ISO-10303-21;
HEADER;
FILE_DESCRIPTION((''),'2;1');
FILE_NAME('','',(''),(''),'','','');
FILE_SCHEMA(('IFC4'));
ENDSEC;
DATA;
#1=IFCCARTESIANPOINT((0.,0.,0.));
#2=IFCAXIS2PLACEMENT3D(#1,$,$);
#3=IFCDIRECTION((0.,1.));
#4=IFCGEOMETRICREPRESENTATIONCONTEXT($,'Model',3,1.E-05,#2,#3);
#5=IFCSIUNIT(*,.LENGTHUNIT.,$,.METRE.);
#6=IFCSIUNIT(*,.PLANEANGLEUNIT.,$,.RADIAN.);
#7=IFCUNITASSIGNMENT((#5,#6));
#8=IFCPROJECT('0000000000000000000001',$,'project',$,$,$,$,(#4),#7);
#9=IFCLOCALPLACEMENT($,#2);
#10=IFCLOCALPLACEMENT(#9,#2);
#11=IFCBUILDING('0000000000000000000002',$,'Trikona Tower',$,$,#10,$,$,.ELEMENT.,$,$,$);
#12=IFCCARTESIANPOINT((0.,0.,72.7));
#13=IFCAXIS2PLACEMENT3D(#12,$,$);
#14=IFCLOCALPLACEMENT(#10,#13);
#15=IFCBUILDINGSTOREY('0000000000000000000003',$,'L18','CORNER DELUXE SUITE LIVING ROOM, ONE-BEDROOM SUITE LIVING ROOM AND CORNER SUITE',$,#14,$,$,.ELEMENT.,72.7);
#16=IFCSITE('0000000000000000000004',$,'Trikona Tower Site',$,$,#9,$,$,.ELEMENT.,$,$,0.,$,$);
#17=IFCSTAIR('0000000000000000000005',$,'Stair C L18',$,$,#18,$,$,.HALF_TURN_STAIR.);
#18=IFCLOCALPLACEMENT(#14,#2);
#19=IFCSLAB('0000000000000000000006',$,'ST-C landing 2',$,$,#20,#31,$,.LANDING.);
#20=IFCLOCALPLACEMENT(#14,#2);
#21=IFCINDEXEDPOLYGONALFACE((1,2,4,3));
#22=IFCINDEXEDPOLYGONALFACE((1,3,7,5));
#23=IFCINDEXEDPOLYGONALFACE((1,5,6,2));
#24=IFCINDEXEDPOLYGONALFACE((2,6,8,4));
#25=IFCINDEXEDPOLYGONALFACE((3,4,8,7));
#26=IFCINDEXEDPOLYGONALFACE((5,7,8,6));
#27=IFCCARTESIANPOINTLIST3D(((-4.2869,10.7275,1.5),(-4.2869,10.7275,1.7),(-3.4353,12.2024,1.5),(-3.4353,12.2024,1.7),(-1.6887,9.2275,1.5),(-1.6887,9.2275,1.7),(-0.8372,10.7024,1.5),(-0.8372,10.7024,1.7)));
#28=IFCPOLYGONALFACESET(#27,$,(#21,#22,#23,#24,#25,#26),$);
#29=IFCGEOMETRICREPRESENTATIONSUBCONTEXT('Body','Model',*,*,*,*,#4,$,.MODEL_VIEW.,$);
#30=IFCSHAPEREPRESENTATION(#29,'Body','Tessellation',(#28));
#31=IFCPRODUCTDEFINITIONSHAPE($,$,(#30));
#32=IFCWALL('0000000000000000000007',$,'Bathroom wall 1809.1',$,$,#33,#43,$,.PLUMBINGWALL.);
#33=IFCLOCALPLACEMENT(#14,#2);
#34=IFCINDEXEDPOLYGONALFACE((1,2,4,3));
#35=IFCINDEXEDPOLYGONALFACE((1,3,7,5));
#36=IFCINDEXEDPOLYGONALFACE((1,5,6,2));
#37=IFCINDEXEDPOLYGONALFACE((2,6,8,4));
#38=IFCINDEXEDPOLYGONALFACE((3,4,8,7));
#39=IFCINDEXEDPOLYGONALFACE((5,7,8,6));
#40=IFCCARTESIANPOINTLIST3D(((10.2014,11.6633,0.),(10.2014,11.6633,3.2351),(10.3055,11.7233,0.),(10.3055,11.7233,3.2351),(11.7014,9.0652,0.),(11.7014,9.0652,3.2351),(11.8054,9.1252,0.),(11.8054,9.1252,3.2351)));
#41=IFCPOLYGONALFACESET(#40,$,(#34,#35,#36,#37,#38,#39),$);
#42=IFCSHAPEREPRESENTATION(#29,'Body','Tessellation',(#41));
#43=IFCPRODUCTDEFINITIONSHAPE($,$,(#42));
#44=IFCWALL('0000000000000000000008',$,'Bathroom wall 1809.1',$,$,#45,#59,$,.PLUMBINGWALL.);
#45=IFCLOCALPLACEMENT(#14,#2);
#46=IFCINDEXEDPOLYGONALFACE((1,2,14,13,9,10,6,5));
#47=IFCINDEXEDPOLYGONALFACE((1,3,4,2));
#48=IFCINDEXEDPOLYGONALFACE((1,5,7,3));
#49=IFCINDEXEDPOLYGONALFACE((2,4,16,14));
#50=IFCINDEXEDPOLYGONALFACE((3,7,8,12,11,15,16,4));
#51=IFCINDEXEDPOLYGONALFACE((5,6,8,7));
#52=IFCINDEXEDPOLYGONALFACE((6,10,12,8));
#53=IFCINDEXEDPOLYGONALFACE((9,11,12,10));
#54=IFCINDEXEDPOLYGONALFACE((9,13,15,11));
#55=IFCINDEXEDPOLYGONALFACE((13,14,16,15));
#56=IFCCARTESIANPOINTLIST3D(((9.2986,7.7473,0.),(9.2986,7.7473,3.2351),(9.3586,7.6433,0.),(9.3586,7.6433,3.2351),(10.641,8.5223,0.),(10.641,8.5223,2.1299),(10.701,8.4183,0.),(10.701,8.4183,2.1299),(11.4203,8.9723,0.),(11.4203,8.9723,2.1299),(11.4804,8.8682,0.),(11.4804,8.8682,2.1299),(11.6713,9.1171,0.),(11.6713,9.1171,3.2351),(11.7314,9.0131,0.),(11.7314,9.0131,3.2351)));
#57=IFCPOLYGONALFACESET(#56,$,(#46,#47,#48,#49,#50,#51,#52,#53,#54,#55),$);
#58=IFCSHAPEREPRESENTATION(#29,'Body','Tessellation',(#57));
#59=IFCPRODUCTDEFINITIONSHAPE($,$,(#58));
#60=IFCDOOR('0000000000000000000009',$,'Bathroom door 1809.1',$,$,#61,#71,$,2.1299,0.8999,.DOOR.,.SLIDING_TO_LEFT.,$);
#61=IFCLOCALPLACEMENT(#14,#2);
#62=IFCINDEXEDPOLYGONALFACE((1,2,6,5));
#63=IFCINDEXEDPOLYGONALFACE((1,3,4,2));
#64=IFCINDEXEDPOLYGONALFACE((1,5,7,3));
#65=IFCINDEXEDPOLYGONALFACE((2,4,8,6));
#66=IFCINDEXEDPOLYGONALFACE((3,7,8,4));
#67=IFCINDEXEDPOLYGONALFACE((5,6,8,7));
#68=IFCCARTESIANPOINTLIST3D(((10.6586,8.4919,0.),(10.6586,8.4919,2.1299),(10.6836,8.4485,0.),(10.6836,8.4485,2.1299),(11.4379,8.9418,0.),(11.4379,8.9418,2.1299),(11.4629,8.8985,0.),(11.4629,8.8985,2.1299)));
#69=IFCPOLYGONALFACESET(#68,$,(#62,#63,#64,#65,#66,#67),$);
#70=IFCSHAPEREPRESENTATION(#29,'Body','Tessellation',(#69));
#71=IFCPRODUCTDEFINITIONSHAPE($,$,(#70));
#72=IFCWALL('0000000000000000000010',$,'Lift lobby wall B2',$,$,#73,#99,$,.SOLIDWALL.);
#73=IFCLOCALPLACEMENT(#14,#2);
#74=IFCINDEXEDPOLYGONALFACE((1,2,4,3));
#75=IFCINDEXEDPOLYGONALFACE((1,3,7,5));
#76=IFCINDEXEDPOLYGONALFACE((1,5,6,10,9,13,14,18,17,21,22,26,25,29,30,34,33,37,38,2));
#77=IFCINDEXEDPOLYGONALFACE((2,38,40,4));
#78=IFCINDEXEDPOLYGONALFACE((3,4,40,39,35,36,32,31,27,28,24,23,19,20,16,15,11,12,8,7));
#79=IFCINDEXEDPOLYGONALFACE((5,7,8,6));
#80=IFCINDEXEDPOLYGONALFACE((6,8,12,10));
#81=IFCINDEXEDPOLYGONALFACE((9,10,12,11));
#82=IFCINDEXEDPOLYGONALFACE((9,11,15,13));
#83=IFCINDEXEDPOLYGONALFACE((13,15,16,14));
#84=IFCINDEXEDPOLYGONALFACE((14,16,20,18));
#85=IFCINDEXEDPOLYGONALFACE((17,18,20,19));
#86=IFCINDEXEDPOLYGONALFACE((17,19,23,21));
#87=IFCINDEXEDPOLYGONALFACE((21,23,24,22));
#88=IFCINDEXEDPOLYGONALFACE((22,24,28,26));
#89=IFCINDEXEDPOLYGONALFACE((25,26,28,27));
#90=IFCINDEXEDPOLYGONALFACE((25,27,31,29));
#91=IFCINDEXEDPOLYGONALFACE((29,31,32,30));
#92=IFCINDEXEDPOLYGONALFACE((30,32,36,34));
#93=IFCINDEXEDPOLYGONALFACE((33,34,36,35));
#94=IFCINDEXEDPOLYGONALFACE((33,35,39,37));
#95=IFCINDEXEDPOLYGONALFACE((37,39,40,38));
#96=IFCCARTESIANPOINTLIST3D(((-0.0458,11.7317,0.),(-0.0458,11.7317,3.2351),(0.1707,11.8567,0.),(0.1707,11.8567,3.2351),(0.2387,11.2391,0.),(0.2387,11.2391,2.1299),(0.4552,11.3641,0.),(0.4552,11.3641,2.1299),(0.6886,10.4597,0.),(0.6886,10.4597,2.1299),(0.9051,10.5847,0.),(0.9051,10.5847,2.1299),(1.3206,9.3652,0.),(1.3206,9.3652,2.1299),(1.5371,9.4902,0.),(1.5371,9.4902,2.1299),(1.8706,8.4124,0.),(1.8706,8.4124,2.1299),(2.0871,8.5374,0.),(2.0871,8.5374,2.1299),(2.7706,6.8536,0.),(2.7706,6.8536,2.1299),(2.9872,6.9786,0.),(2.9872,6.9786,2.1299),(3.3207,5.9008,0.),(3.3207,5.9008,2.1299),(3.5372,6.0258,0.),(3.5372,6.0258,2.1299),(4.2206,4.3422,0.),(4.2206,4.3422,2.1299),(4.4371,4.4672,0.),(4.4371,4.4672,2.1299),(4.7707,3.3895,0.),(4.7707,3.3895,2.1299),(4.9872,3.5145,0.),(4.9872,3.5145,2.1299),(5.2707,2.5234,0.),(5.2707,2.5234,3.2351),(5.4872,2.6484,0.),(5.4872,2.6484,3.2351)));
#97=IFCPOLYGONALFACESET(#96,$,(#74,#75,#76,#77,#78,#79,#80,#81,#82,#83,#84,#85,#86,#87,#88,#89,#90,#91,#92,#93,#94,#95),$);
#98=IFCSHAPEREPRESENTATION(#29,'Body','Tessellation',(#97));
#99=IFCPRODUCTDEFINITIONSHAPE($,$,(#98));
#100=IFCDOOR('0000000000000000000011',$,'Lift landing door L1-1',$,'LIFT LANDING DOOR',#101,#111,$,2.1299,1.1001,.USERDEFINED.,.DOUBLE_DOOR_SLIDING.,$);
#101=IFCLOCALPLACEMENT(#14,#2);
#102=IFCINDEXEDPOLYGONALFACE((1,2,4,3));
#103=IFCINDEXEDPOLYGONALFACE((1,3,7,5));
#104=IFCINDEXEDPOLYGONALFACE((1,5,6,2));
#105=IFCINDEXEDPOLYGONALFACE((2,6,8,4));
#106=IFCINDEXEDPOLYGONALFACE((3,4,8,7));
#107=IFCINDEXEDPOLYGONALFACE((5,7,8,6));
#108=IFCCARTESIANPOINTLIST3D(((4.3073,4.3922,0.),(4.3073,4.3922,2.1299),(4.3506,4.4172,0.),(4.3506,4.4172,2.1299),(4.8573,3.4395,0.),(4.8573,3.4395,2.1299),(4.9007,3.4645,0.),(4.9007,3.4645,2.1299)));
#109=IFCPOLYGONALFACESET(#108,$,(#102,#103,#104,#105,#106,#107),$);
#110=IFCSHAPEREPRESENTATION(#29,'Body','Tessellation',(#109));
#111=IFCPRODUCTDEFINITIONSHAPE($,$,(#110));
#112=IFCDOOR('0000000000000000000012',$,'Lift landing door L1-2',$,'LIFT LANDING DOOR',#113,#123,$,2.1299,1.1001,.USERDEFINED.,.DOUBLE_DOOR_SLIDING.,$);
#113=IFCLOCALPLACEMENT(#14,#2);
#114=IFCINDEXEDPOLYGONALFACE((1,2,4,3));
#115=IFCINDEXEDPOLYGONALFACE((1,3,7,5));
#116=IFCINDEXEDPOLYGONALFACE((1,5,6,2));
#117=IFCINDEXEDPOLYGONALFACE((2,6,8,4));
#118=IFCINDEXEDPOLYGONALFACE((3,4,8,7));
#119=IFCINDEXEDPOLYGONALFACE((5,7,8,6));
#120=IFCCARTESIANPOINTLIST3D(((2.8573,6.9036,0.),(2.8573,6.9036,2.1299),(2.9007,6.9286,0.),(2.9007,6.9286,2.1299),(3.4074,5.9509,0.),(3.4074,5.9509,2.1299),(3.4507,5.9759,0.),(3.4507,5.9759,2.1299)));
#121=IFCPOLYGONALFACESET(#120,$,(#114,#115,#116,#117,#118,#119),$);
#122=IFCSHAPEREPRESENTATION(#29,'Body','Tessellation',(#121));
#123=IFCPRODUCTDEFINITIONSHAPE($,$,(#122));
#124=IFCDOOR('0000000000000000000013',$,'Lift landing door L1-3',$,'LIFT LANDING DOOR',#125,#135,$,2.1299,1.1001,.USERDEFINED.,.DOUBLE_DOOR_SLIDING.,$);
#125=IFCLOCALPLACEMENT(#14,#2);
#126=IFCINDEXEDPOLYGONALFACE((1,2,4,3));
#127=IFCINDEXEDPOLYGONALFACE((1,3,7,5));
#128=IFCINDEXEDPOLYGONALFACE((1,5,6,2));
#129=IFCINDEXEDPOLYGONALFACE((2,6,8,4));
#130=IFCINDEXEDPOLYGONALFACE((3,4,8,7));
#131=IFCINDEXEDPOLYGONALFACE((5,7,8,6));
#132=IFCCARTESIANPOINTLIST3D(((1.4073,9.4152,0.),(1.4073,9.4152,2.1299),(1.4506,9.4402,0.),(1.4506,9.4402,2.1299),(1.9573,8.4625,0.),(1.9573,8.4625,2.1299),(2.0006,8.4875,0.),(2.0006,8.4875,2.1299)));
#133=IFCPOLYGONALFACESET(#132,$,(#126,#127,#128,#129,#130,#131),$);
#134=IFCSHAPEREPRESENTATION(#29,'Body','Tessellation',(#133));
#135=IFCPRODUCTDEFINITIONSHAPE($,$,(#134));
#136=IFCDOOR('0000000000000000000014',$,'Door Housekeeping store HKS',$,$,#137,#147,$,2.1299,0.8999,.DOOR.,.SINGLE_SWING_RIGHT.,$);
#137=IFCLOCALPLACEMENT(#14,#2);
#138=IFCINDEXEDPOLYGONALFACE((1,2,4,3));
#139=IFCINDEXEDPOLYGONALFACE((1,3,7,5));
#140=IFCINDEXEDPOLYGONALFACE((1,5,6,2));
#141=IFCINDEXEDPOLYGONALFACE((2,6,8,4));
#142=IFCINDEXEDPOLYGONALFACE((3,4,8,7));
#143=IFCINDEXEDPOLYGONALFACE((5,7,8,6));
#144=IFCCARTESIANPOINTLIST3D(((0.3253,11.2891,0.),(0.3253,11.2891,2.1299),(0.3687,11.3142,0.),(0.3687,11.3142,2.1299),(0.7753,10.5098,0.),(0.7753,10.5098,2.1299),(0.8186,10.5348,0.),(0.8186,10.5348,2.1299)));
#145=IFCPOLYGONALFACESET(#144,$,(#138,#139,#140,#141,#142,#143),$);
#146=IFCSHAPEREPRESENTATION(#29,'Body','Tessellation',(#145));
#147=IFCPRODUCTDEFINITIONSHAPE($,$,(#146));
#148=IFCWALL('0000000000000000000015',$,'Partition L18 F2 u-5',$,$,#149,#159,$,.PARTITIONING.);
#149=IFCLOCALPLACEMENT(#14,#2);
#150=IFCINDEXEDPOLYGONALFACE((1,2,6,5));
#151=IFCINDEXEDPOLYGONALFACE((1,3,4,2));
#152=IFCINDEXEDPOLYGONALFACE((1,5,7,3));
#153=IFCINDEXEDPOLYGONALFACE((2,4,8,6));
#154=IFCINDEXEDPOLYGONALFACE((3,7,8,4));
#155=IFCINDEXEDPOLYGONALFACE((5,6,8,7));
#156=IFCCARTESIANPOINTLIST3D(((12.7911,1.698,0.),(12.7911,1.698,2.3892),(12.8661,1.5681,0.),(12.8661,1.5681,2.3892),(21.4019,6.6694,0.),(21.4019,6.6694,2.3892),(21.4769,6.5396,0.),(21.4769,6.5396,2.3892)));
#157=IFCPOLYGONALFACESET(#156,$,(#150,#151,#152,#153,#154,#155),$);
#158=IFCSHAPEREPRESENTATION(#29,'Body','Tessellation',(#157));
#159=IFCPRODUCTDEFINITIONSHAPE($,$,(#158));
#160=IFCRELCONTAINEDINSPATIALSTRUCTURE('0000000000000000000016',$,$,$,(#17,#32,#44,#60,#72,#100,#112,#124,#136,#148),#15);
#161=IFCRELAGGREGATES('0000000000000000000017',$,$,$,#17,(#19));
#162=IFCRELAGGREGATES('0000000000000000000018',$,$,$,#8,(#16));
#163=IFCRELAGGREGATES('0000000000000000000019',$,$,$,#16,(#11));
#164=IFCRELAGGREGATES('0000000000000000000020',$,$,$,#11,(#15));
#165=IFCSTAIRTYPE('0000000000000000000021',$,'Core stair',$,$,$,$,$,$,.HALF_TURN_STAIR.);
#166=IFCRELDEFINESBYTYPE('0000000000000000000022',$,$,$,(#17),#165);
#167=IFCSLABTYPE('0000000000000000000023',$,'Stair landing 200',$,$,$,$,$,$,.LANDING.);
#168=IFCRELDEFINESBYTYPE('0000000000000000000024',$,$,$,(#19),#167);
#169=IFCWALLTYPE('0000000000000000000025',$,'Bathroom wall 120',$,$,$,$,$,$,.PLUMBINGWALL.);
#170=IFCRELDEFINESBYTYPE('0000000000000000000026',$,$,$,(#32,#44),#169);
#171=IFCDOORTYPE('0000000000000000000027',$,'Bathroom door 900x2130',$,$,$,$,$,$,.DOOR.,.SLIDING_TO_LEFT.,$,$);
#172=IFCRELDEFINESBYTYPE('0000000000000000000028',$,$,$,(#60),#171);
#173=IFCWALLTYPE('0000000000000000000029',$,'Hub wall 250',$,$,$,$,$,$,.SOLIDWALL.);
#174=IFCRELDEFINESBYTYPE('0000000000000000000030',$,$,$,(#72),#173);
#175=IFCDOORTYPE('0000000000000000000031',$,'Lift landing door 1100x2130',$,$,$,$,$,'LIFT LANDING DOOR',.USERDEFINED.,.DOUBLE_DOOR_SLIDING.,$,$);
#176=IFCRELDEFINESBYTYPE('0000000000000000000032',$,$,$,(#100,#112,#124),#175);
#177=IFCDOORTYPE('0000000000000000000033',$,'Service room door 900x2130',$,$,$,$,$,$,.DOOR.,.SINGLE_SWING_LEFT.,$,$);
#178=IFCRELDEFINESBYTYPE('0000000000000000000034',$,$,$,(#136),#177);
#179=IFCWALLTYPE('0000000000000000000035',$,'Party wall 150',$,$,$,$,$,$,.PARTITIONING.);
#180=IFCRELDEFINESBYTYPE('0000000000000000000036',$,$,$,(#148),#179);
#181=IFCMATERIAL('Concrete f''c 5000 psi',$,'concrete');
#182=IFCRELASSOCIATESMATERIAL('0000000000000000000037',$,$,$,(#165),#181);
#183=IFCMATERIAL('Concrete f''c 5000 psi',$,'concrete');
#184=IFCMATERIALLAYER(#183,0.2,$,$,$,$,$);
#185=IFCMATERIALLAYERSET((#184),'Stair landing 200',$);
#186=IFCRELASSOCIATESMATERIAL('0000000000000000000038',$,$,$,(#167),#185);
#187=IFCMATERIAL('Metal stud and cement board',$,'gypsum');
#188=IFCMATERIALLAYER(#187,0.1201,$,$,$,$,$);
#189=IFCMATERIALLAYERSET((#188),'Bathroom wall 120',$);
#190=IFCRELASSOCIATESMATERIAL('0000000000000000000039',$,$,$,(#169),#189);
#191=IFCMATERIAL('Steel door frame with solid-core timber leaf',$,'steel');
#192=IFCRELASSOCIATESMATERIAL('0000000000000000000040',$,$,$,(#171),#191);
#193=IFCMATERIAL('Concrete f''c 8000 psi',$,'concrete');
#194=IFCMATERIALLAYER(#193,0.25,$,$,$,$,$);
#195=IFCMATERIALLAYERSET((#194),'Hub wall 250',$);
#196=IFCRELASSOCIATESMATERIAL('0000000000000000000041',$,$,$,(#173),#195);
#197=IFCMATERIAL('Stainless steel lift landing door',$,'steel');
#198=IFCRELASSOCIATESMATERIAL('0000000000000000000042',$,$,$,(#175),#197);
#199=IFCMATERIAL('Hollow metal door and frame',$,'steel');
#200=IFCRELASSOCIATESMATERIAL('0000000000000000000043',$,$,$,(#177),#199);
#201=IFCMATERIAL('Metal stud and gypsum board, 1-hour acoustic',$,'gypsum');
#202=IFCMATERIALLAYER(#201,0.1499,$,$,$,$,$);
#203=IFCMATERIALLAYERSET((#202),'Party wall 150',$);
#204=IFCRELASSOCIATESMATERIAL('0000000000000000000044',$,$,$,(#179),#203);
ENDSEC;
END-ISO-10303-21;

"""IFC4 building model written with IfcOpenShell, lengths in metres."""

from ifc_helpers import new_model, si_unit, direction, frame, frame_2d, origin, place, context, subcontext, project, spatial, polyline, rectangle, outline, extrude, material, layer, layer_set, type_object, element, fill, aggregate, save


model = new_model("IFC4")

# Units and contexts
model_context = context("Model", 3, precision=1e-05, world=origin(), true_north=direction((0.0, 1.0)))
body_context = subcontext(model_context, "Body", "Model", "MODEL_VIEW")
ifc_project = project(units=[si_unit("LENGTHUNIT", "METRE"), si_unit("PLANEANGLEUNIT", "RADIAN")], contexts=[model_context])

# Site, building, storey
site_placement = place(None, origin())
site = spatial("IfcSite", under=ifc_project, at=site_placement, Name="Trikona Tower Site", CompositionType="ELEMENT", RefElevation=0.0)
building_placement = place(site_placement, origin())
building = spatial("IfcBuilding", under=site, at=building_placement, Name="Trikona Tower", CompositionType="ELEMENT")
storey_placement = place(building_placement, frame((0.0, 0.0, 72.7)))
storey = spatial("IfcBuildingStorey", under=building, at=storey_placement, Name="L18", Description="CORNER DELUXE SUITE LIVING ROOM, ONE-BEDROOM SUITE LIVING ROOM AND CORNER SUITE", CompositionType="ELEMENT", Elevation=72.7)

# Stair, slab
ifc_material_1 = material(Name="Concrete f'c 5000 psi", Category="concrete")
stair_type = type_object("IfcStairType", Name="Core stair", PredefinedType="HALF_TURN_STAIR", material=ifc_material_1)
ifc_material_2 = material(Name="Concrete f'c 5000 psi", Category="concrete")
ifc_layer_1 = layer(ifc_material_2, 0.2)
ifc_layer_set_1 = layer_set([ifc_layer_1], Name="Stair landing 200")
slab_type_1 = type_object("IfcSlabType", Name="Stair landing 200", PredefinedType="LANDING", material=ifc_layer_set_1)
stair_1_placement = place(storey_placement, origin())
stair_1 = element("IfcStair", 1, at=stair_1_placement, inside=storey, type_object=stair_type, Name="Stair C L18", PredefinedType="HALF_TURN_STAIR")
slab_1_placement = place(storey_placement, frame((0.0, 0.0, 1.5)))
slab_1 = element("IfcSlab", 2, at=slab_1_placement, type_object=slab_type_1, Name="ST-C landing 2", PredefinedType="LANDING", context=body_context, shape_type="SweptSolid", body=[
    extrude(outline(polyline([(-0.8372, 10.7024), (-1.6887, 9.2275), (-4.2869, 10.7275), (-3.4353, 12.2024), (-0.8372, 10.7024)])), origin(), (0.0, 0.0, 1.0), 0.2),
])
aggregate(stair_1, [slab_1])

# Wall
ifc_material_3 = material(Name="Metal stud and cement board", Category="gypsum")
ifc_layer_2 = layer(ifc_material_3, 0.1201)
ifc_layer_set_2 = layer_set([ifc_layer_2], Name="Bathroom wall 120")
wall_type_1 = type_object("IfcWallType", Name="Bathroom wall 120", PredefinedType="PLUMBINGWALL", material=ifc_layer_set_2)
wall_1_placement = place(storey_placement, frame((11.7534, 9.0952, 0.0), z_axis=(0.0, 0.0, 1.0), x_axis=(-0.49999, 0.866031, 0.0)))
element("IfcWall", 3, at=wall_1_placement, inside=storey, type_object=wall_type_1, Name="Bathroom wall 1809.1", PredefinedType="PLUMBINGWALL", context=body_context, shape_type="SweptSolid", body=[
    extrude(rectangle(XDim=3.0, YDim=0.1201, at=frame_2d((1.5, 0.0))), origin(), (0.0, 0.0, 1.0), 3.2351),
])

# Wall, opening, door
wall_2_placement = place(storey_placement, frame((9.3286, 7.6953, 0.0), z_axis=(0.0, 0.0, 1.0), x_axis=(0.866036, 0.499982, 0.0)))
wall_2 = element("IfcWall", 4, at=wall_2_placement, inside=storey, type_object=wall_type_1, Name="Bathroom wall 1809.1", PredefinedType="PLUMBINGWALL", context=body_context, shape_type="SweptSolid", body=[
    extrude(rectangle(XDim=2.7397, YDim=0.1201, at=frame_2d((1.3699, 0.0))), origin(), (0.0, 0.0, 1.0), 3.2351),
])
opening_1_placement = place(wall_2_placement, frame((1.55, 0.0, 0.0)))
opening_1 = element("IfcOpeningElement", 5, at=opening_1_placement, cuts=wall_2, PredefinedType="OPENING", context=body_context, shape_type="SweptSolid", body=[
    extrude(rectangle(XDim=0.8999, YDim=2.1299, at=frame_2d((0.45, 1.0649))), frame((0.0, 0.0701, 0.0), z_axis=(0.0, -1.0, 0.0), x_axis=(1.0, 0.0, 0.0)), (0.0, 0.0, 1.0), 0.1401),
])
ifc_material_4 = material(Name="Steel door frame with solid-core timber leaf", Category="steel")
door_type_1 = type_object("IfcDoorType", Name="Bathroom door 900x2130", OperationType="SLIDING_TO_LEFT", PredefinedType="DOOR", material=ifc_material_4)
door_1_placement = place(opening_1_placement, origin())
door_1 = element("IfcDoor", 6, at=door_1_placement, inside=storey, type_object=door_type_1, Name="Bathroom door 1809.1", OperationType="SLIDING_TO_LEFT", OverallHeight=2.1299, OverallWidth=0.8999, PredefinedType="DOOR", context=body_context, shape_type="SweptSolid", body=[
    extrude(rectangle(XDim=0.8999, YDim=2.1299, at=frame_2d((0.45, 1.0649))), frame((0.0, 0.0249, 0.0), z_axis=(0.0, -1.0, 0.0), x_axis=(1.0, 0.0, 0.0)), (0.0, 0.0, 1.0), 0.05),
])
fill(opening_1, door_1)

# Wall, openings, doors
ifc_material_5 = material(Name="Concrete f'c 8000 psi", Category="concrete")
ifc_layer_3 = layer(ifc_material_5, 0.25)
ifc_layer_set_3 = layer_set([ifc_layer_3], Name="Hub wall 250")
wall_type_2 = type_object("IfcWallType", Name="Hub wall 250", PredefinedType="SOLIDWALL", material=ifc_layer_set_3)
wall_3_placement = place(storey_placement, frame((5.3789, 2.5859, 0.0), z_axis=(0.0, 0.0, 1.0), x_axis=(-0.500001, 0.866025, 0.0)))
wall_3 = element("IfcWall", 7, at=wall_3_placement, inside=storey, type_object=wall_type_2, Name="Lift lobby wall B2", PredefinedType="SOLIDWALL", context=body_context, shape_type="SweptSolid", body=[
    extrude(rectangle(XDim=10.6328, YDim=0.25, at=frame_2d((5.3164, 0.0))), origin(), (0.0, 0.0, 1.0), 3.2351),
])
opening_2_placement = place(wall_3_placement, frame((9.1641, 0.0, 0.0)))
opening_2 = element("IfcOpeningElement", 8, at=opening_2_placement, cuts=wall_3, PredefinedType="OPENING", context=body_context, shape_type="SweptSolid", body=[
    extrude(rectangle(XDim=0.8999, YDim=2.1299, at=frame_2d((0.45, 1.0649))), frame((0.0, 0.135, 0.0), z_axis=(0.0, -1.0, 0.0), x_axis=(1.0, 0.0, 0.0)), (0.0, 0.0, 1.0), 0.27),
])
opening_3_placement = place(wall_3_placement, frame((1.0, 0.0, 0.0)))
opening_3 = element("IfcOpeningElement", 9, at=opening_3_placement, cuts=wall_3, PredefinedType="OPENING", context=body_context, shape_type="SweptSolid", body=[
    extrude(rectangle(XDim=1.1001, YDim=2.1299, at=frame_2d((0.55, 1.0649))), frame((0.0, 0.135, 0.0), z_axis=(0.0, -1.0, 0.0), x_axis=(1.0, 0.0, 0.0)), (0.0, 0.0, 1.0), 0.27),
])
opening_4_placement = place(wall_3_placement, frame((3.8999, 0.0, 0.0)))
opening_4 = element("IfcOpeningElement", 10, at=opening_4_placement, cuts=wall_3, PredefinedType="OPENING", context=body_context, shape_type="SweptSolid", body=[
    extrude(rectangle(XDim=1.1001, YDim=2.1299, at=frame_2d((0.55, 1.0649))), frame((0.0, 0.135, 0.0), z_axis=(0.0, -1.0, 0.0), x_axis=(1.0, 0.0, 0.0)), (0.0, 0.0, 1.0), 0.27),
])
opening_5_placement = place(wall_3_placement, frame((6.8, 0.0, 0.0)))
opening_5 = element("IfcOpeningElement", 11, at=opening_5_placement, cuts=wall_3, PredefinedType="OPENING", context=body_context, shape_type="SweptSolid", body=[
    extrude(rectangle(XDim=1.1001, YDim=2.1299, at=frame_2d((0.55, 1.0649))), frame((0.0, 0.135, 0.0), z_axis=(0.0, -1.0, 0.0), x_axis=(1.0, 0.0, 0.0)), (0.0, 0.0, 1.0), 0.27),
])
ifc_material_6 = material(Name="Stainless steel lift landing door", Category="steel")
door_type_2 = type_object("IfcDoorType", Name="Lift landing door 1100x2130", ElementType="LIFT LANDING DOOR", OperationType="DOUBLE_DOOR_SLIDING", PredefinedType="USERDEFINED", material=ifc_material_6)
door_2_placement = place(opening_3_placement, origin())
door_2 = element("IfcDoor", 12, at=door_2_placement, inside=storey, type_object=door_type_2, Name="Lift landing door L1-1", ObjectType="LIFT LANDING DOOR", OperationType="DOUBLE_DOOR_SLIDING", OverallHeight=2.1299, OverallWidth=1.1001, PredefinedType="USERDEFINED", context=body_context, shape_type="SweptSolid", body=[
    extrude(rectangle(XDim=1.1001, YDim=2.1299, at=frame_2d((0.55, 1.0649))), frame((0.0, 0.0249, 0.0), z_axis=(0.0, -1.0, 0.0), x_axis=(1.0, 0.0, 0.0)), (0.0, 0.0, 1.0), 0.05),
])
fill(opening_3, door_2)
door_3_placement = place(opening_4_placement, origin())
door_3 = element("IfcDoor", 13, at=door_3_placement, inside=storey, type_object=door_type_2, Name="Lift landing door L1-2", ObjectType="LIFT LANDING DOOR", OperationType="DOUBLE_DOOR_SLIDING", OverallHeight=2.1299, OverallWidth=1.1001, PredefinedType="USERDEFINED", context=body_context, shape_type="SweptSolid", body=[
    extrude(rectangle(XDim=1.1001, YDim=2.1299, at=frame_2d((0.55, 1.0649))), frame((0.0, 0.0249, 0.0), z_axis=(0.0, -1.0, 0.0), x_axis=(1.0, 0.0, 0.0)), (0.0, 0.0, 1.0), 0.05),
])
fill(opening_4, door_3)
door_4_placement = place(opening_5_placement, origin())
door_4 = element("IfcDoor", 14, at=door_4_placement, inside=storey, type_object=door_type_2, Name="Lift landing door L1-3", ObjectType="LIFT LANDING DOOR", OperationType="DOUBLE_DOOR_SLIDING", OverallHeight=2.1299, OverallWidth=1.1001, PredefinedType="USERDEFINED", context=body_context, shape_type="SweptSolid", body=[
    extrude(rectangle(XDim=1.1001, YDim=2.1299, at=frame_2d((0.55, 1.0649))), frame((0.0, 0.0249, 0.0), z_axis=(0.0, -1.0, 0.0), x_axis=(1.0, 0.0, 0.0)), (0.0, 0.0, 1.0), 0.05),
])
fill(opening_5, door_4)
ifc_material_7 = material(Name="Hollow metal door and frame", Category="steel")
door_type_3 = type_object("IfcDoorType", Name="Service room door 900x2130", OperationType="SINGLE_SWING_LEFT", PredefinedType="DOOR", material=ifc_material_7)
door_5_placement = place(opening_2_placement, origin())
door_5 = element("IfcDoor", 15, at=door_5_placement, inside=storey, type_object=door_type_3, Name="Door Housekeeping store HKS", OperationType="SINGLE_SWING_RIGHT", OverallHeight=2.1299, OverallWidth=0.8999, PredefinedType="DOOR", context=body_context, shape_type="SweptSolid", body=[
    extrude(rectangle(XDim=0.8999, YDim=2.1299, at=frame_2d((0.45, 1.0649))), frame((0.0, 0.0249, 0.0), z_axis=(0.0, -1.0, 0.0), x_axis=(1.0, 0.0, 0.0)), (0.0, 0.0, 1.0), 0.05),
])
fill(opening_2, door_5)

# Wall
ifc_material_8 = material(Name="Metal stud and gypsum board, 1-hour acoustic", Category="gypsum")
ifc_layer_4 = layer(ifc_material_8, 0.1499)
ifc_layer_set_4 = layer_set([ifc_layer_4], Name="Party wall 150")
wall_type_3 = type_object("IfcWallType", Name="Party wall 150", PredefinedType="PARTITIONING", material=ifc_layer_set_4)
wall_4_placement = place(storey_placement, frame((12.8286, 1.6331, 0.0), z_axis=(0.0, 0.0, 1.0), x_axis=(0.866027, 0.499997, 0.0)))
element("IfcWall", 16, at=wall_4_placement, inside=storey, type_object=wall_type_3, Name="Partition L18 F2 u-5", PredefinedType="PARTITIONING", context=body_context, shape_type="SweptSolid", body=[
    extrude(rectangle(XDim=9.9429, YDim=0.1499, at=frame_2d((4.9714, 0.0))), origin(), (0.0, 0.0, 1.0), 2.3892),
])

save(model, "model.ifc")
